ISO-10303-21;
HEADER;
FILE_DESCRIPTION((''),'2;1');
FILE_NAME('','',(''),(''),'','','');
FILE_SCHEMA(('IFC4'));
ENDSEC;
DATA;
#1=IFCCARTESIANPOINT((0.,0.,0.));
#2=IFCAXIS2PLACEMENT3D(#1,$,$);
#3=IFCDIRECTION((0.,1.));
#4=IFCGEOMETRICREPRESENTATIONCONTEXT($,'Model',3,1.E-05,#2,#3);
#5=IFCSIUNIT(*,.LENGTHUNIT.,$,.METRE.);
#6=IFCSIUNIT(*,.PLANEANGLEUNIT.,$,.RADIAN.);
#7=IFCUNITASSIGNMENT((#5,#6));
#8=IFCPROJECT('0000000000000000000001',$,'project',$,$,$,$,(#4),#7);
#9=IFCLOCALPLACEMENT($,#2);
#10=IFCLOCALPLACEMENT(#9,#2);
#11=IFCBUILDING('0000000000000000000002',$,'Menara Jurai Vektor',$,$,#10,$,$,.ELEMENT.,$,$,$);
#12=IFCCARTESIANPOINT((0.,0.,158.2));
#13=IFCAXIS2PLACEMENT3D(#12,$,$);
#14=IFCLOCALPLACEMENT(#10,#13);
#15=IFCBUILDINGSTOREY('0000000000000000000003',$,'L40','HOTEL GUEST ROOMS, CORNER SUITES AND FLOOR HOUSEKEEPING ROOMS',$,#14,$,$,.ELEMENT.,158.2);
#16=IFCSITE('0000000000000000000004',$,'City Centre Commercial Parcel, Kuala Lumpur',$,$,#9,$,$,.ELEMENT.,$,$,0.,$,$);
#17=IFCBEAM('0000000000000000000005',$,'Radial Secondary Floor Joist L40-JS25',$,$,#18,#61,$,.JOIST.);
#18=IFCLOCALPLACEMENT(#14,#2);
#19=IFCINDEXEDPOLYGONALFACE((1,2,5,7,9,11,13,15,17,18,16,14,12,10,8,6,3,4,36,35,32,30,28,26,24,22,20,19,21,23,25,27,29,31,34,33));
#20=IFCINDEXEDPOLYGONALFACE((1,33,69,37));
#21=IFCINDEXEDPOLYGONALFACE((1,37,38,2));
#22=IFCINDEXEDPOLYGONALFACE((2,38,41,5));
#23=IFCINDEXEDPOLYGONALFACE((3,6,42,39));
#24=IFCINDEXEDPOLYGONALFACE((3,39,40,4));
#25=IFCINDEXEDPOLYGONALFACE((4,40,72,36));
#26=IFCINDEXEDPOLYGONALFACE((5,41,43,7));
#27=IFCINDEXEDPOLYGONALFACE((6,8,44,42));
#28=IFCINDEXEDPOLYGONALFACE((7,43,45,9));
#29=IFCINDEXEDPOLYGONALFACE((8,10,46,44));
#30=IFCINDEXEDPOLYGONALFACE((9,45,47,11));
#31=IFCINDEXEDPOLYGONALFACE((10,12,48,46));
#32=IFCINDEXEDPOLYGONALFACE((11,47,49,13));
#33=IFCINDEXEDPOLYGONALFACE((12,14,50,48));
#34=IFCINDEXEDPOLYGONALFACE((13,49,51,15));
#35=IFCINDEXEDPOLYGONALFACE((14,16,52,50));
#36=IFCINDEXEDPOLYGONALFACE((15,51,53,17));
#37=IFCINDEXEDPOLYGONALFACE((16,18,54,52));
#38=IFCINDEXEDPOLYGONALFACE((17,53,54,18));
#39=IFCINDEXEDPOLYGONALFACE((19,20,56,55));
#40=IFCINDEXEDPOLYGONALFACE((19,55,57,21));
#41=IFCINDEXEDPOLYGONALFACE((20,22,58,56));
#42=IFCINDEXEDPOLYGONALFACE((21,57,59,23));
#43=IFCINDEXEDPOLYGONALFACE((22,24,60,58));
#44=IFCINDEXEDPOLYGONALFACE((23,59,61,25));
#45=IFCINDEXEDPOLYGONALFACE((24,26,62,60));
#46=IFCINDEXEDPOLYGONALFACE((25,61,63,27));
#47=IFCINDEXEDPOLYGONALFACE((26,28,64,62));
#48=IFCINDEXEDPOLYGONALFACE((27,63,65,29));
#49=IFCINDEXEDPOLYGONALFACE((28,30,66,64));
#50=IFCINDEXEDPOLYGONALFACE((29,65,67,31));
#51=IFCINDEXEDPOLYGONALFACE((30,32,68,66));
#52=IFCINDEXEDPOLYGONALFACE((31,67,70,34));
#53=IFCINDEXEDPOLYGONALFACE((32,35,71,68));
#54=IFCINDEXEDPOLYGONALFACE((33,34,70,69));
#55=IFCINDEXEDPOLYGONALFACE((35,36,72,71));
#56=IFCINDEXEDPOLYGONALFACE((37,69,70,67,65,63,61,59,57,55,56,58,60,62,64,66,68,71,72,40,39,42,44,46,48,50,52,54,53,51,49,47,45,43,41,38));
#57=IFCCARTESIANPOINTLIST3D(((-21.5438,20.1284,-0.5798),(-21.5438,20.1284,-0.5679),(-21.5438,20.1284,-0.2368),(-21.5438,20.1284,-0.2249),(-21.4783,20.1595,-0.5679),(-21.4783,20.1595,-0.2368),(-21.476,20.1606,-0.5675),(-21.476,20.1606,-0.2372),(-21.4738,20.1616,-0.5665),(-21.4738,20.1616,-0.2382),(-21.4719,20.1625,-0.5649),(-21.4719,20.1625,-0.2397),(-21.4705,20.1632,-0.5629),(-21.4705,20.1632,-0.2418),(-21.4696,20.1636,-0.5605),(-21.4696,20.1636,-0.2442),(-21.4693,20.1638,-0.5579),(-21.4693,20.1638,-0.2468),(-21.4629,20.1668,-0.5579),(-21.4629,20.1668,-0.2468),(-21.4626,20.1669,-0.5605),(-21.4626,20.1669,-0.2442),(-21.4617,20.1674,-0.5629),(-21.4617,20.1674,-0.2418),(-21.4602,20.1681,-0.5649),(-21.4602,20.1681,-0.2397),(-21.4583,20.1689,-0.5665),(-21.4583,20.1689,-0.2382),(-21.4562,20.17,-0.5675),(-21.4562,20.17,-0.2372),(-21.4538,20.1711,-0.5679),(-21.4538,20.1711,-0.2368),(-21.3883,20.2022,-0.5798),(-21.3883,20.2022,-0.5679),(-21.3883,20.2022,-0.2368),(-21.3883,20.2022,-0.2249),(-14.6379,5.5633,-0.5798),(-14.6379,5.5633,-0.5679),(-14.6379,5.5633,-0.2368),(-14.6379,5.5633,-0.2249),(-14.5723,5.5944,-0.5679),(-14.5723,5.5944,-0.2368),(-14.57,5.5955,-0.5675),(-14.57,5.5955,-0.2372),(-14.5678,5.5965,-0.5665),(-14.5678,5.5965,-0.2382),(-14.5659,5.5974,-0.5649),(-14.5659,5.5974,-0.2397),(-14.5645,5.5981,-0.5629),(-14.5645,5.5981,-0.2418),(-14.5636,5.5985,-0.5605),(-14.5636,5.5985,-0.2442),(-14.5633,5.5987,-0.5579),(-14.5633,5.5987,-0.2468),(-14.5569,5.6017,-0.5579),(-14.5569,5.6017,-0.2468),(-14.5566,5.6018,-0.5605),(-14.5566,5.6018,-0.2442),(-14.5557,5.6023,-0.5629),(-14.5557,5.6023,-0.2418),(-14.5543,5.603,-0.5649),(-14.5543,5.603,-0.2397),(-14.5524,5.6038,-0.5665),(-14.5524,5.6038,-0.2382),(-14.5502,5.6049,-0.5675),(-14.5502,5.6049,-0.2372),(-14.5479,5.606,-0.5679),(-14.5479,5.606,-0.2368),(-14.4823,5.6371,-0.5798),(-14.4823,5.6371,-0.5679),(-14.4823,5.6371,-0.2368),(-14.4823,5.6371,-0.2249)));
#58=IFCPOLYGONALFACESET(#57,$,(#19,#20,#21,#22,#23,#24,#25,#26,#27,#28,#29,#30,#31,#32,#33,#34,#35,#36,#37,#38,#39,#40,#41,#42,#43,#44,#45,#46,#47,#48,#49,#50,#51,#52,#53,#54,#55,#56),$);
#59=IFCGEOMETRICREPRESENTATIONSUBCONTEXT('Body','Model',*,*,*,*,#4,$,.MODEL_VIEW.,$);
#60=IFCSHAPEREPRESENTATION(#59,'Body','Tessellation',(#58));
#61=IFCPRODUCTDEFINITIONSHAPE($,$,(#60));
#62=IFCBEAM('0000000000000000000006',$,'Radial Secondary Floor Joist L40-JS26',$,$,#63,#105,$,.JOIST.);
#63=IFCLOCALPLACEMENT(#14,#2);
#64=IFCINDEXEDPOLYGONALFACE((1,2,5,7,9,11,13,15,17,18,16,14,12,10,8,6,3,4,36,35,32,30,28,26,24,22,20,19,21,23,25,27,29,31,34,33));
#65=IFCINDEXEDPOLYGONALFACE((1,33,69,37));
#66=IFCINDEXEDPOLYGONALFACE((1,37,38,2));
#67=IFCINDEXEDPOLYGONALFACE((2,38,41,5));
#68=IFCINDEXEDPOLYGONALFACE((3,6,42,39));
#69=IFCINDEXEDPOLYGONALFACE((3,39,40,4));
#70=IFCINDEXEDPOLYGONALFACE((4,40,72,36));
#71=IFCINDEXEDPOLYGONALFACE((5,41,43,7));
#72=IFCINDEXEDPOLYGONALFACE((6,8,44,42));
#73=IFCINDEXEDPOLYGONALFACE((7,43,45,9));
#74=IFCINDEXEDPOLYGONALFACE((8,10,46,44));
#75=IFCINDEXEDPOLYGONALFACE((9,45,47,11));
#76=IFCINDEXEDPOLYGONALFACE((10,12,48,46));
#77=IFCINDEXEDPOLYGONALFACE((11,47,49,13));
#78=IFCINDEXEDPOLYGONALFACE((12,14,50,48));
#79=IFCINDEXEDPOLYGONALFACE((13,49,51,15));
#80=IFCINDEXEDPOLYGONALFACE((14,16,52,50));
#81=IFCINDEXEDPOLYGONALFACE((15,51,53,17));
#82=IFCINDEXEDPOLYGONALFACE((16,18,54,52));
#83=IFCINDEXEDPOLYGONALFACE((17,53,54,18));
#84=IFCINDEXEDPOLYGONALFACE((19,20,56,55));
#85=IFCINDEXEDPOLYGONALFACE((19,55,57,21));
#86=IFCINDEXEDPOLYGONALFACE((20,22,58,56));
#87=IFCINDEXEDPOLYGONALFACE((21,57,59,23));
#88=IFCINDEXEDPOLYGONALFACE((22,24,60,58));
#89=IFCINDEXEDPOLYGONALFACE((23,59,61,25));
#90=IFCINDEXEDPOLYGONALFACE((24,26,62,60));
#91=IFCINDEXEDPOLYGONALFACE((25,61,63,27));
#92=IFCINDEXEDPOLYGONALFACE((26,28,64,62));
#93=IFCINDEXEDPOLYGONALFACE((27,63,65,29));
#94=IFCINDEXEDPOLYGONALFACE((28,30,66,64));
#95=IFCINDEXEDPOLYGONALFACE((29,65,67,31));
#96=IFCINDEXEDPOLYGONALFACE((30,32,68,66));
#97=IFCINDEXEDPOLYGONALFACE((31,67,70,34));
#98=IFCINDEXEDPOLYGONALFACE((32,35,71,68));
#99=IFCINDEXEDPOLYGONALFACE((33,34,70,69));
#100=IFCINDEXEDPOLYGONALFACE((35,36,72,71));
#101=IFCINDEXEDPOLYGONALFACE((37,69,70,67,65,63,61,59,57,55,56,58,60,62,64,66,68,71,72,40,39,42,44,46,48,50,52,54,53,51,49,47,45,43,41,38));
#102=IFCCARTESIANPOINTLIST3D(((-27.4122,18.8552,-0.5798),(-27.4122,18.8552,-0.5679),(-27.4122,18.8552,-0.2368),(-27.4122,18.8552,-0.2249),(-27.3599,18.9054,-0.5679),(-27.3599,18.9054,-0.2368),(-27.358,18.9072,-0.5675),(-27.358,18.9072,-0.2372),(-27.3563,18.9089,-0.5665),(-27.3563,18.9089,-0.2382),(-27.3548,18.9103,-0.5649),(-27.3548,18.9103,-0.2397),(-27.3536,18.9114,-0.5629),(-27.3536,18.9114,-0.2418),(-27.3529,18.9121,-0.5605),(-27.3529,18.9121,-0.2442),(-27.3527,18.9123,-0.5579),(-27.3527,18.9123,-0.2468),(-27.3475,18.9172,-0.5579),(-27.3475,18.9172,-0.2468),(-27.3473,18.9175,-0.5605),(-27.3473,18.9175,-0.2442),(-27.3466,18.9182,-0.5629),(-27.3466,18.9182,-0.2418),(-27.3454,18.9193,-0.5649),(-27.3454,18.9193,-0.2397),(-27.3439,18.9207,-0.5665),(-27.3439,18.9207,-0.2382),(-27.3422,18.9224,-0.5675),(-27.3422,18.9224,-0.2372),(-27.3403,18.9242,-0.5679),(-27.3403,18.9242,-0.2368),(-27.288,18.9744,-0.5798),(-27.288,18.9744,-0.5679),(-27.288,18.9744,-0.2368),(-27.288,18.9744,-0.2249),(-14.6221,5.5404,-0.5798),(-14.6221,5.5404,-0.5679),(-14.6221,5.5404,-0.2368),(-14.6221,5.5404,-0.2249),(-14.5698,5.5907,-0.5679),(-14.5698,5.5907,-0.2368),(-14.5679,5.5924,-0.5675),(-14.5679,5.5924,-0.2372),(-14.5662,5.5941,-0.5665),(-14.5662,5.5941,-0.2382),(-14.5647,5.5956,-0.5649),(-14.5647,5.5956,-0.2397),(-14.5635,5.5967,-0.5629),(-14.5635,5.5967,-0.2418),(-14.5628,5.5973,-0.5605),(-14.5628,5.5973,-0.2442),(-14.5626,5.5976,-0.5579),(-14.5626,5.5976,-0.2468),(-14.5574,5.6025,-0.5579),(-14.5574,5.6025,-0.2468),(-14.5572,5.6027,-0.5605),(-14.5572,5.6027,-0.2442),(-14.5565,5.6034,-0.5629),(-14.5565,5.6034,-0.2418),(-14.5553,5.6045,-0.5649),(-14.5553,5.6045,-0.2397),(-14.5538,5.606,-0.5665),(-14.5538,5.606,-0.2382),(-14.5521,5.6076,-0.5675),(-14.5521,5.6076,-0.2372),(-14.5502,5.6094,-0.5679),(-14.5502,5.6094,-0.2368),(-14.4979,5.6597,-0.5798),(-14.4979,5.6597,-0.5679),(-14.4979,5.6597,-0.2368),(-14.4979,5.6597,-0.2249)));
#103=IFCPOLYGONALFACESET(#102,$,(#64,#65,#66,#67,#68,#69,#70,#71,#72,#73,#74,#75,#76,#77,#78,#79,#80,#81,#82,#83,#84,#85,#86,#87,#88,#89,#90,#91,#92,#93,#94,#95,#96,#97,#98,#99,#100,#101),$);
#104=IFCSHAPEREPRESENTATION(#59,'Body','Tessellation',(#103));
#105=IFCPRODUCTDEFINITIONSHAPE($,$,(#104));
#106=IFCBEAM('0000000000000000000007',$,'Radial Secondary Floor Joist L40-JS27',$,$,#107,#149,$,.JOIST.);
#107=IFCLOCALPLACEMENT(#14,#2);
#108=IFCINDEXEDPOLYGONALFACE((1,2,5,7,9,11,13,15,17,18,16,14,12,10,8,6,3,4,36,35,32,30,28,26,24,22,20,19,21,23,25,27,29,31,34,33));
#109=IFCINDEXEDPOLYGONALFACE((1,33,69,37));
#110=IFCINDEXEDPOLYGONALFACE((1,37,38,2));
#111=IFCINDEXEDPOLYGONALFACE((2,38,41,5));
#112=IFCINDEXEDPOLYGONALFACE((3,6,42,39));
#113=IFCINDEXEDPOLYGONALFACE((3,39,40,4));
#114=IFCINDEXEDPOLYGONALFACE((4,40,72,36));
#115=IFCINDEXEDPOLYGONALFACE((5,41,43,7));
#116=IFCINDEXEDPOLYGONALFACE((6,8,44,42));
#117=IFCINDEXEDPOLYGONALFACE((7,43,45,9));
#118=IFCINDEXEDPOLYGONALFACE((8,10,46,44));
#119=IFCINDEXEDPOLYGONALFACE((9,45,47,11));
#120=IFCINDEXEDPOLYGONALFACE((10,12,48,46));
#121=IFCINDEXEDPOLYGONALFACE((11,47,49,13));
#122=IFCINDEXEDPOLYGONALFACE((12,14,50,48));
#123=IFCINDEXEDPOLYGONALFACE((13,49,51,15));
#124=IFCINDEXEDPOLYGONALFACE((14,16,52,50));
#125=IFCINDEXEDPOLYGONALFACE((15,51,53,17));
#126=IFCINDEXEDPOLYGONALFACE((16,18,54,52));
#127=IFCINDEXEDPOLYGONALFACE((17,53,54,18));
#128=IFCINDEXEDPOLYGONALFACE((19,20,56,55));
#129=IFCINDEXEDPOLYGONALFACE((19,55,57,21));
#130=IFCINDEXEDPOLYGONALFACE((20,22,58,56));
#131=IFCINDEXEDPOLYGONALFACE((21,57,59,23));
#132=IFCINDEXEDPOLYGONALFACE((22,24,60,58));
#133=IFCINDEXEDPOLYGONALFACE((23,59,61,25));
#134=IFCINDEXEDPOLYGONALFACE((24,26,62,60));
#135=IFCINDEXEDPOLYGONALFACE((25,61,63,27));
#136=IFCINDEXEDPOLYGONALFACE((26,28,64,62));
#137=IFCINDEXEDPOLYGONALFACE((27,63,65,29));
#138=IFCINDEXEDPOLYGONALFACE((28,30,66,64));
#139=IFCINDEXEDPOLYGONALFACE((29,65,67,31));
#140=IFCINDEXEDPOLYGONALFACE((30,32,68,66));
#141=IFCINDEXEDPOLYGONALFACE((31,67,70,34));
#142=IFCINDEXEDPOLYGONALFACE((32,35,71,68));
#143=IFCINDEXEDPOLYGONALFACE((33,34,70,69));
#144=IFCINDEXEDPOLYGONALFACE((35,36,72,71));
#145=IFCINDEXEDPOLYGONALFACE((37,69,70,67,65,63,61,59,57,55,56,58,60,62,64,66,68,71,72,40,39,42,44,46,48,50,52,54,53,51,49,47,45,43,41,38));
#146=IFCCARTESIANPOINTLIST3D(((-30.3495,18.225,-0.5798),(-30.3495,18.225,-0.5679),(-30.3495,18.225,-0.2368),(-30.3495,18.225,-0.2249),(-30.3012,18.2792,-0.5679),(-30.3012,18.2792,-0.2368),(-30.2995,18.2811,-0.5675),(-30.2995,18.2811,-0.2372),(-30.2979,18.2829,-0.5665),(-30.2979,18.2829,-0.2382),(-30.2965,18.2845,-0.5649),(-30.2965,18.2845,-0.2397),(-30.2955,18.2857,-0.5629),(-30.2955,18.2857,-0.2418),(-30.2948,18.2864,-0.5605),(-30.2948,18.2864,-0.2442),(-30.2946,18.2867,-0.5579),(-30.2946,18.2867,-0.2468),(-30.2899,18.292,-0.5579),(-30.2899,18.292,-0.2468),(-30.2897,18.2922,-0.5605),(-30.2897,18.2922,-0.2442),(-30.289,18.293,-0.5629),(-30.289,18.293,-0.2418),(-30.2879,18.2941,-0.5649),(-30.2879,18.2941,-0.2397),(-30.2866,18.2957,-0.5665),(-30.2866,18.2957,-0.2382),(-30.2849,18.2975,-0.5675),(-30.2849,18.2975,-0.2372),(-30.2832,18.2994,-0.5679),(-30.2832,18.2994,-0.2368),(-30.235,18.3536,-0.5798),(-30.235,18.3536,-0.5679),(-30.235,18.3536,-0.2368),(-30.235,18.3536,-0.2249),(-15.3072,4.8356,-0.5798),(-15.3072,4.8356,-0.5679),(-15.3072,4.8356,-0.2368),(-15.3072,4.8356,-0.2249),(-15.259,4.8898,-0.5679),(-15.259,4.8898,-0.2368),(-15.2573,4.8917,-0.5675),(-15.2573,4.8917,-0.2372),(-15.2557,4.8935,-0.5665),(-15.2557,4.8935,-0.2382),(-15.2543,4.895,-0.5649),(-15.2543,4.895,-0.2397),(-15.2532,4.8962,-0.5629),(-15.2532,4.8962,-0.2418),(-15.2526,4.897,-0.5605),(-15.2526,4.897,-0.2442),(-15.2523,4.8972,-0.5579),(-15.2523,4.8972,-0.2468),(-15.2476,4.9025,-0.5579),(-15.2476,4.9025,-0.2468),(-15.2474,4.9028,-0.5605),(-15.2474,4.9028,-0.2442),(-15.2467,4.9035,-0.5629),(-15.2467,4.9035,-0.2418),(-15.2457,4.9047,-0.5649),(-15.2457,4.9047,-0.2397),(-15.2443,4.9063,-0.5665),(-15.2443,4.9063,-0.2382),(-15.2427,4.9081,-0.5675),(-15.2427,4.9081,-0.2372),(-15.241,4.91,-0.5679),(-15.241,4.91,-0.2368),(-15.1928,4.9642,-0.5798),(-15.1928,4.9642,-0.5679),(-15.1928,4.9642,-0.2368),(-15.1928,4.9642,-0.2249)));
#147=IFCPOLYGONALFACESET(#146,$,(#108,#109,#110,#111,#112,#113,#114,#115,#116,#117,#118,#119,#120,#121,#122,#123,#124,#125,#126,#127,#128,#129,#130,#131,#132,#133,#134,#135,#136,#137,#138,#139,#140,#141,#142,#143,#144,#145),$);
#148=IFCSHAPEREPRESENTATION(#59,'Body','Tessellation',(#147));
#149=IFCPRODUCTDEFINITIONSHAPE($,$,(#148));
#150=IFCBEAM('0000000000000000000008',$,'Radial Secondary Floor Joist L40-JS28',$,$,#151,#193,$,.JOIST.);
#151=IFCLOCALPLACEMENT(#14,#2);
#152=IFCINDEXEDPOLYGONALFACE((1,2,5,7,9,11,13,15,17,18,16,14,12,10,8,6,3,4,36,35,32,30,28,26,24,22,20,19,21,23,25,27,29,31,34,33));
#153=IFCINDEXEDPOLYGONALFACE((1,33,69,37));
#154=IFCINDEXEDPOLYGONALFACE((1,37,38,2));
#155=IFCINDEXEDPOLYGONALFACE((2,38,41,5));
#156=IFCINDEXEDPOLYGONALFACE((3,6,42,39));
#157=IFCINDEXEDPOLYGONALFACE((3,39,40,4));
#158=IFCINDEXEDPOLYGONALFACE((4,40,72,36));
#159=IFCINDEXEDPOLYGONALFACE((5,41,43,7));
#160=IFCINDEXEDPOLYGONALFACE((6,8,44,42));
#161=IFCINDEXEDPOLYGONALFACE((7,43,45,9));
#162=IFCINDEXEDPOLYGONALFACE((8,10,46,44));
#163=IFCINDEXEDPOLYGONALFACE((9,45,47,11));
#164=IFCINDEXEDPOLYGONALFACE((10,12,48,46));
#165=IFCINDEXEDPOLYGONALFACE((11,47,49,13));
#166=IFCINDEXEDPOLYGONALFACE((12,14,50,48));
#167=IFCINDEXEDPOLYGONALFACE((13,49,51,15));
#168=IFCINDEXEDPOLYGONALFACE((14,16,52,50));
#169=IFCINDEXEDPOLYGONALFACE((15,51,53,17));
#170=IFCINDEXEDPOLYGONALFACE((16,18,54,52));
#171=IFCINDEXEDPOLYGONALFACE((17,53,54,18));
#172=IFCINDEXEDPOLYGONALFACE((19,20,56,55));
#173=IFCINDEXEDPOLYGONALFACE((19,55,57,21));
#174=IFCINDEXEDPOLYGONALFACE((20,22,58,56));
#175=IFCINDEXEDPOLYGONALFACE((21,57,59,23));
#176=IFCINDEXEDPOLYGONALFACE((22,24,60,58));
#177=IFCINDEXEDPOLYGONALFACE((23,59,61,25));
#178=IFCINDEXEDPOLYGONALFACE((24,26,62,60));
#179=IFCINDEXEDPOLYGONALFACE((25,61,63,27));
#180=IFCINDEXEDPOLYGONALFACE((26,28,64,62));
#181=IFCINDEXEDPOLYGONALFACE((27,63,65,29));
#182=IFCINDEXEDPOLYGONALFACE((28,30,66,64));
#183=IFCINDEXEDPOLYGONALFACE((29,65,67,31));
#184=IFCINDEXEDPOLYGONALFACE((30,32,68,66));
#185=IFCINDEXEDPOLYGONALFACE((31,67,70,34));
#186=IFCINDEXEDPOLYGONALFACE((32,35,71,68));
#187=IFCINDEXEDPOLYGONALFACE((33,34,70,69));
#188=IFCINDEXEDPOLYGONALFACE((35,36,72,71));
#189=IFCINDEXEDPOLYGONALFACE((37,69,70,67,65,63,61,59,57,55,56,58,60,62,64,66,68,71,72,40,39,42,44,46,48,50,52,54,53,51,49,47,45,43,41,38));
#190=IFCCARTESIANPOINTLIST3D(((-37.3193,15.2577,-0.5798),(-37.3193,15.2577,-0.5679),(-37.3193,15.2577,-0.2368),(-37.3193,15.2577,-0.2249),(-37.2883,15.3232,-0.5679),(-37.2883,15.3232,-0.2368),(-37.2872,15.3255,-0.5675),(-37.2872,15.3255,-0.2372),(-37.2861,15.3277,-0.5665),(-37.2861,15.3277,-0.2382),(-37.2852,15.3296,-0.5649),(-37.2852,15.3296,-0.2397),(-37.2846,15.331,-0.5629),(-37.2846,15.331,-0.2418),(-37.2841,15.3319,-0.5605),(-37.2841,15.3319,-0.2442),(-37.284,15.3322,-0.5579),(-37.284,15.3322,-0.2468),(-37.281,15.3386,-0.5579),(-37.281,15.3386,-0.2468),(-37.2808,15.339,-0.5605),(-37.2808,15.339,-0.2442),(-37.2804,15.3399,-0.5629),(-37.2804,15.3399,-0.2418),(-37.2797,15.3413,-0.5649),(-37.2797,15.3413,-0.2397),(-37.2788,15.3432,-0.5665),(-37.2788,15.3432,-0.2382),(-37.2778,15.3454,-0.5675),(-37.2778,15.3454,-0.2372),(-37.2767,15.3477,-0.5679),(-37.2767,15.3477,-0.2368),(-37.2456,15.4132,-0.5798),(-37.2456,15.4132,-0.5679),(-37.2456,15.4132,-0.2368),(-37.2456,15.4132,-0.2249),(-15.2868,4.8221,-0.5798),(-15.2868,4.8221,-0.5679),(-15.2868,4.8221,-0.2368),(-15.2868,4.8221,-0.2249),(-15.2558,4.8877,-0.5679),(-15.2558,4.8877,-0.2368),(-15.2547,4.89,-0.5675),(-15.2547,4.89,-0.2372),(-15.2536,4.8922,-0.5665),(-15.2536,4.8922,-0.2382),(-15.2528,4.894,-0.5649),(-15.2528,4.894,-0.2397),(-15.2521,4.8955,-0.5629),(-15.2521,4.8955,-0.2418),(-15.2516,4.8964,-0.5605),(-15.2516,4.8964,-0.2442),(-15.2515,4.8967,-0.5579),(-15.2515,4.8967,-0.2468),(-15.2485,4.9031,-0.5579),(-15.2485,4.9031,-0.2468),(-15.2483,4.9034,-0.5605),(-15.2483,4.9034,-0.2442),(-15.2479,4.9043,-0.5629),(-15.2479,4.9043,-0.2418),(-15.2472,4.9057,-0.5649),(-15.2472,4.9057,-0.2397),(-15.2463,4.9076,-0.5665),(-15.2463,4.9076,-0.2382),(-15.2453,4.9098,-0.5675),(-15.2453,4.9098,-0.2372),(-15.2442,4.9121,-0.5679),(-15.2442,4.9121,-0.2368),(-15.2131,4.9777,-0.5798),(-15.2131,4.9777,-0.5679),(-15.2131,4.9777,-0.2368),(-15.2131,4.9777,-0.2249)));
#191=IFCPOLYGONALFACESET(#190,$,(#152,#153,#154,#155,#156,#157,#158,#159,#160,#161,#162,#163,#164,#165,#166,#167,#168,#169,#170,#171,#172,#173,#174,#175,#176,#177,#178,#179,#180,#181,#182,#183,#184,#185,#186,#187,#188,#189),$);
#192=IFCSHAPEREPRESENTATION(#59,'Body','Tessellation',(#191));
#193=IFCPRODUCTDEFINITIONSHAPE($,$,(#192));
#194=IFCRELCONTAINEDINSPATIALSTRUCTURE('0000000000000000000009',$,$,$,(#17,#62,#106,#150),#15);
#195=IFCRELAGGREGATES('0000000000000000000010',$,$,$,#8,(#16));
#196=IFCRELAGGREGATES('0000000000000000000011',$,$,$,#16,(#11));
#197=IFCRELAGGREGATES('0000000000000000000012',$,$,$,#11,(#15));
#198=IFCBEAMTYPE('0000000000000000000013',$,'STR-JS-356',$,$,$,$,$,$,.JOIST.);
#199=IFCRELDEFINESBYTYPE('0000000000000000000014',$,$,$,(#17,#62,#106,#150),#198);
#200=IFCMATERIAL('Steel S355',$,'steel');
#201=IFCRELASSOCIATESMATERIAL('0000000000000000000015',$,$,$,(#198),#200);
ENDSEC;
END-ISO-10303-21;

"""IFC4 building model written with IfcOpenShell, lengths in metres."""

from ifc_helpers import new_model, si_unit, direction, frame, origin, origin_2d, place, context, subcontext, project, spatial, i_section, extrude, material, material_profile, profile_set, type_object, element, save


model = new_model("IFC4")

# Units and contexts
model_context = context("Model", 3, precision=1e-05, world=origin(), true_north=direction((0.0, 1.0)))
body_context = subcontext(model_context, "Body", "Model", "MODEL_VIEW")
ifc_project = project(units=[si_unit("LENGTHUNIT", "METRE"), si_unit("PLANEANGLEUNIT", "RADIAN")], contexts=[model_context])

# Site, building, storey
site_placement = place(None, origin())
site = spatial("IfcSite", under=ifc_project, at=site_placement, Name="City Centre Commercial Parcel, Kuala Lumpur", CompositionType="ELEMENT", RefElevation=0.0)
building_placement = place(site_placement, origin())
building = spatial("IfcBuilding", under=site, at=building_placement, Name="Menara Jurai Vektor", CompositionType="ELEMENT")
storey_placement = place(building_placement, frame((0.0, 0.0, 158.2)))
storey = spatial("IfcBuildingStorey", under=building, at=storey_placement, Name="L40", Description="HOTEL GUEST ROOMS, CORNER SUITES AND FLOOR HOUSEKEEPING ROOMS", CompositionType="ELEMENT", Elevation=158.2)

# Beams
ifc_material_1 = material(Name="Steel S355", Category="steel")
ifc_material_profile_1 = material_profile(ifc_material_1, i_section(OverallWidth=0.1721, OverallDepth=0.355, WebThickness=0.0071, FlangeThickness=0.012, FilletRadius=0.01, at=origin_2d()), Name="UKB 356x171x51")
ifc_profile_set_1 = profile_set([ifc_material_profile_1], Name="Steel S355")
beam_type_1 = type_object("IfcBeamType", Name="STR-JS-356", PredefinedType="JOIST", material=ifc_profile_set_1)
beam_1_placement = place(storey_placement, frame((-21.4661, 20.1653, -0.4023), z_axis=(0.428426, -0.903577, 0.0), x_axis=(0.903577, 0.428426, 0.0)))
element("IfcBeam", 1, at=beam_1_placement, inside=storey, type_object=beam_type_1, Name="Radial Secondary Floor Joist L40-JS25", PredefinedType="JOIST", context=body_context, shape_type="SweptSolid", body=[
    extrude(i_section(OverallWidth=0.1721, OverallDepth=0.355, WebThickness=0.0071, FlangeThickness=0.012, FilletRadius=0.01, at=origin_2d()), origin(), (0.0, 0.0, 1.0), 16.1194),
])
beam_2_placement = place(storey_placement, frame((-27.3501, 18.9148, -0.4023), z_axis=(0.692755, -0.721173, 0.0), x_axis=(0.721173, 0.692755, 0.0)))
element("IfcBeam", 2, at=beam_2_placement, inside=storey, type_object=beam_type_1, Name="Radial Secondary Floor Joist L40-JS26", PredefinedType="JOIST", context=body_context, shape_type="SweptSolid", body=[
    extrude(i_section(OverallWidth=0.1721, OverallDepth=0.355, WebThickness=0.0071, FlangeThickness=0.012, FilletRadius=0.01, at=origin_2d()), origin(), (0.0, 0.0, 1.0), 18.4626),
])
beam_3_placement = place(storey_placement, frame((-30.2922, 18.2893, -0.4023), z_axis=(0.746952, -0.664878, 0.0), x_axis=(0.664878, 0.746952, 0.0)))
element("IfcBeam", 3, at=beam_3_placement, inside=storey, type_object=beam_type_1, Name="Radial Secondary Floor Joist L40-JS27", PredefinedType="JOIST", context=body_context, shape_type="SweptSolid", body=[
    extrude(i_section(OverallWidth=0.1721, OverallDepth=0.355, WebThickness=0.0071, FlangeThickness=0.012, FilletRadius=0.01, at=origin_2d()), origin(), (0.0, 0.0, 1.0), 20.1382),
])
beam_4_placement = place(storey_placement, frame((-37.2825, 15.3354, -0.4023), z_axis=(0.903752, -0.428057, 0.0), x_axis=(0.428057, 0.903752, 0.0)))
element("IfcBeam", 4, at=beam_4_placement, inside=storey, type_object=beam_type_1, Name="Radial Secondary Floor Joist L40-JS28", PredefinedType="JOIST", context=body_context, shape_type="SweptSolid", body=[
    extrude(i_section(OverallWidth=0.1721, OverallDepth=0.355, WebThickness=0.0071, FlangeThickness=0.012, FilletRadius=0.01, at=origin_2d()), origin(), (0.0, 0.0, 1.0), 24.3789),
])

save(model, "model.ifc")
